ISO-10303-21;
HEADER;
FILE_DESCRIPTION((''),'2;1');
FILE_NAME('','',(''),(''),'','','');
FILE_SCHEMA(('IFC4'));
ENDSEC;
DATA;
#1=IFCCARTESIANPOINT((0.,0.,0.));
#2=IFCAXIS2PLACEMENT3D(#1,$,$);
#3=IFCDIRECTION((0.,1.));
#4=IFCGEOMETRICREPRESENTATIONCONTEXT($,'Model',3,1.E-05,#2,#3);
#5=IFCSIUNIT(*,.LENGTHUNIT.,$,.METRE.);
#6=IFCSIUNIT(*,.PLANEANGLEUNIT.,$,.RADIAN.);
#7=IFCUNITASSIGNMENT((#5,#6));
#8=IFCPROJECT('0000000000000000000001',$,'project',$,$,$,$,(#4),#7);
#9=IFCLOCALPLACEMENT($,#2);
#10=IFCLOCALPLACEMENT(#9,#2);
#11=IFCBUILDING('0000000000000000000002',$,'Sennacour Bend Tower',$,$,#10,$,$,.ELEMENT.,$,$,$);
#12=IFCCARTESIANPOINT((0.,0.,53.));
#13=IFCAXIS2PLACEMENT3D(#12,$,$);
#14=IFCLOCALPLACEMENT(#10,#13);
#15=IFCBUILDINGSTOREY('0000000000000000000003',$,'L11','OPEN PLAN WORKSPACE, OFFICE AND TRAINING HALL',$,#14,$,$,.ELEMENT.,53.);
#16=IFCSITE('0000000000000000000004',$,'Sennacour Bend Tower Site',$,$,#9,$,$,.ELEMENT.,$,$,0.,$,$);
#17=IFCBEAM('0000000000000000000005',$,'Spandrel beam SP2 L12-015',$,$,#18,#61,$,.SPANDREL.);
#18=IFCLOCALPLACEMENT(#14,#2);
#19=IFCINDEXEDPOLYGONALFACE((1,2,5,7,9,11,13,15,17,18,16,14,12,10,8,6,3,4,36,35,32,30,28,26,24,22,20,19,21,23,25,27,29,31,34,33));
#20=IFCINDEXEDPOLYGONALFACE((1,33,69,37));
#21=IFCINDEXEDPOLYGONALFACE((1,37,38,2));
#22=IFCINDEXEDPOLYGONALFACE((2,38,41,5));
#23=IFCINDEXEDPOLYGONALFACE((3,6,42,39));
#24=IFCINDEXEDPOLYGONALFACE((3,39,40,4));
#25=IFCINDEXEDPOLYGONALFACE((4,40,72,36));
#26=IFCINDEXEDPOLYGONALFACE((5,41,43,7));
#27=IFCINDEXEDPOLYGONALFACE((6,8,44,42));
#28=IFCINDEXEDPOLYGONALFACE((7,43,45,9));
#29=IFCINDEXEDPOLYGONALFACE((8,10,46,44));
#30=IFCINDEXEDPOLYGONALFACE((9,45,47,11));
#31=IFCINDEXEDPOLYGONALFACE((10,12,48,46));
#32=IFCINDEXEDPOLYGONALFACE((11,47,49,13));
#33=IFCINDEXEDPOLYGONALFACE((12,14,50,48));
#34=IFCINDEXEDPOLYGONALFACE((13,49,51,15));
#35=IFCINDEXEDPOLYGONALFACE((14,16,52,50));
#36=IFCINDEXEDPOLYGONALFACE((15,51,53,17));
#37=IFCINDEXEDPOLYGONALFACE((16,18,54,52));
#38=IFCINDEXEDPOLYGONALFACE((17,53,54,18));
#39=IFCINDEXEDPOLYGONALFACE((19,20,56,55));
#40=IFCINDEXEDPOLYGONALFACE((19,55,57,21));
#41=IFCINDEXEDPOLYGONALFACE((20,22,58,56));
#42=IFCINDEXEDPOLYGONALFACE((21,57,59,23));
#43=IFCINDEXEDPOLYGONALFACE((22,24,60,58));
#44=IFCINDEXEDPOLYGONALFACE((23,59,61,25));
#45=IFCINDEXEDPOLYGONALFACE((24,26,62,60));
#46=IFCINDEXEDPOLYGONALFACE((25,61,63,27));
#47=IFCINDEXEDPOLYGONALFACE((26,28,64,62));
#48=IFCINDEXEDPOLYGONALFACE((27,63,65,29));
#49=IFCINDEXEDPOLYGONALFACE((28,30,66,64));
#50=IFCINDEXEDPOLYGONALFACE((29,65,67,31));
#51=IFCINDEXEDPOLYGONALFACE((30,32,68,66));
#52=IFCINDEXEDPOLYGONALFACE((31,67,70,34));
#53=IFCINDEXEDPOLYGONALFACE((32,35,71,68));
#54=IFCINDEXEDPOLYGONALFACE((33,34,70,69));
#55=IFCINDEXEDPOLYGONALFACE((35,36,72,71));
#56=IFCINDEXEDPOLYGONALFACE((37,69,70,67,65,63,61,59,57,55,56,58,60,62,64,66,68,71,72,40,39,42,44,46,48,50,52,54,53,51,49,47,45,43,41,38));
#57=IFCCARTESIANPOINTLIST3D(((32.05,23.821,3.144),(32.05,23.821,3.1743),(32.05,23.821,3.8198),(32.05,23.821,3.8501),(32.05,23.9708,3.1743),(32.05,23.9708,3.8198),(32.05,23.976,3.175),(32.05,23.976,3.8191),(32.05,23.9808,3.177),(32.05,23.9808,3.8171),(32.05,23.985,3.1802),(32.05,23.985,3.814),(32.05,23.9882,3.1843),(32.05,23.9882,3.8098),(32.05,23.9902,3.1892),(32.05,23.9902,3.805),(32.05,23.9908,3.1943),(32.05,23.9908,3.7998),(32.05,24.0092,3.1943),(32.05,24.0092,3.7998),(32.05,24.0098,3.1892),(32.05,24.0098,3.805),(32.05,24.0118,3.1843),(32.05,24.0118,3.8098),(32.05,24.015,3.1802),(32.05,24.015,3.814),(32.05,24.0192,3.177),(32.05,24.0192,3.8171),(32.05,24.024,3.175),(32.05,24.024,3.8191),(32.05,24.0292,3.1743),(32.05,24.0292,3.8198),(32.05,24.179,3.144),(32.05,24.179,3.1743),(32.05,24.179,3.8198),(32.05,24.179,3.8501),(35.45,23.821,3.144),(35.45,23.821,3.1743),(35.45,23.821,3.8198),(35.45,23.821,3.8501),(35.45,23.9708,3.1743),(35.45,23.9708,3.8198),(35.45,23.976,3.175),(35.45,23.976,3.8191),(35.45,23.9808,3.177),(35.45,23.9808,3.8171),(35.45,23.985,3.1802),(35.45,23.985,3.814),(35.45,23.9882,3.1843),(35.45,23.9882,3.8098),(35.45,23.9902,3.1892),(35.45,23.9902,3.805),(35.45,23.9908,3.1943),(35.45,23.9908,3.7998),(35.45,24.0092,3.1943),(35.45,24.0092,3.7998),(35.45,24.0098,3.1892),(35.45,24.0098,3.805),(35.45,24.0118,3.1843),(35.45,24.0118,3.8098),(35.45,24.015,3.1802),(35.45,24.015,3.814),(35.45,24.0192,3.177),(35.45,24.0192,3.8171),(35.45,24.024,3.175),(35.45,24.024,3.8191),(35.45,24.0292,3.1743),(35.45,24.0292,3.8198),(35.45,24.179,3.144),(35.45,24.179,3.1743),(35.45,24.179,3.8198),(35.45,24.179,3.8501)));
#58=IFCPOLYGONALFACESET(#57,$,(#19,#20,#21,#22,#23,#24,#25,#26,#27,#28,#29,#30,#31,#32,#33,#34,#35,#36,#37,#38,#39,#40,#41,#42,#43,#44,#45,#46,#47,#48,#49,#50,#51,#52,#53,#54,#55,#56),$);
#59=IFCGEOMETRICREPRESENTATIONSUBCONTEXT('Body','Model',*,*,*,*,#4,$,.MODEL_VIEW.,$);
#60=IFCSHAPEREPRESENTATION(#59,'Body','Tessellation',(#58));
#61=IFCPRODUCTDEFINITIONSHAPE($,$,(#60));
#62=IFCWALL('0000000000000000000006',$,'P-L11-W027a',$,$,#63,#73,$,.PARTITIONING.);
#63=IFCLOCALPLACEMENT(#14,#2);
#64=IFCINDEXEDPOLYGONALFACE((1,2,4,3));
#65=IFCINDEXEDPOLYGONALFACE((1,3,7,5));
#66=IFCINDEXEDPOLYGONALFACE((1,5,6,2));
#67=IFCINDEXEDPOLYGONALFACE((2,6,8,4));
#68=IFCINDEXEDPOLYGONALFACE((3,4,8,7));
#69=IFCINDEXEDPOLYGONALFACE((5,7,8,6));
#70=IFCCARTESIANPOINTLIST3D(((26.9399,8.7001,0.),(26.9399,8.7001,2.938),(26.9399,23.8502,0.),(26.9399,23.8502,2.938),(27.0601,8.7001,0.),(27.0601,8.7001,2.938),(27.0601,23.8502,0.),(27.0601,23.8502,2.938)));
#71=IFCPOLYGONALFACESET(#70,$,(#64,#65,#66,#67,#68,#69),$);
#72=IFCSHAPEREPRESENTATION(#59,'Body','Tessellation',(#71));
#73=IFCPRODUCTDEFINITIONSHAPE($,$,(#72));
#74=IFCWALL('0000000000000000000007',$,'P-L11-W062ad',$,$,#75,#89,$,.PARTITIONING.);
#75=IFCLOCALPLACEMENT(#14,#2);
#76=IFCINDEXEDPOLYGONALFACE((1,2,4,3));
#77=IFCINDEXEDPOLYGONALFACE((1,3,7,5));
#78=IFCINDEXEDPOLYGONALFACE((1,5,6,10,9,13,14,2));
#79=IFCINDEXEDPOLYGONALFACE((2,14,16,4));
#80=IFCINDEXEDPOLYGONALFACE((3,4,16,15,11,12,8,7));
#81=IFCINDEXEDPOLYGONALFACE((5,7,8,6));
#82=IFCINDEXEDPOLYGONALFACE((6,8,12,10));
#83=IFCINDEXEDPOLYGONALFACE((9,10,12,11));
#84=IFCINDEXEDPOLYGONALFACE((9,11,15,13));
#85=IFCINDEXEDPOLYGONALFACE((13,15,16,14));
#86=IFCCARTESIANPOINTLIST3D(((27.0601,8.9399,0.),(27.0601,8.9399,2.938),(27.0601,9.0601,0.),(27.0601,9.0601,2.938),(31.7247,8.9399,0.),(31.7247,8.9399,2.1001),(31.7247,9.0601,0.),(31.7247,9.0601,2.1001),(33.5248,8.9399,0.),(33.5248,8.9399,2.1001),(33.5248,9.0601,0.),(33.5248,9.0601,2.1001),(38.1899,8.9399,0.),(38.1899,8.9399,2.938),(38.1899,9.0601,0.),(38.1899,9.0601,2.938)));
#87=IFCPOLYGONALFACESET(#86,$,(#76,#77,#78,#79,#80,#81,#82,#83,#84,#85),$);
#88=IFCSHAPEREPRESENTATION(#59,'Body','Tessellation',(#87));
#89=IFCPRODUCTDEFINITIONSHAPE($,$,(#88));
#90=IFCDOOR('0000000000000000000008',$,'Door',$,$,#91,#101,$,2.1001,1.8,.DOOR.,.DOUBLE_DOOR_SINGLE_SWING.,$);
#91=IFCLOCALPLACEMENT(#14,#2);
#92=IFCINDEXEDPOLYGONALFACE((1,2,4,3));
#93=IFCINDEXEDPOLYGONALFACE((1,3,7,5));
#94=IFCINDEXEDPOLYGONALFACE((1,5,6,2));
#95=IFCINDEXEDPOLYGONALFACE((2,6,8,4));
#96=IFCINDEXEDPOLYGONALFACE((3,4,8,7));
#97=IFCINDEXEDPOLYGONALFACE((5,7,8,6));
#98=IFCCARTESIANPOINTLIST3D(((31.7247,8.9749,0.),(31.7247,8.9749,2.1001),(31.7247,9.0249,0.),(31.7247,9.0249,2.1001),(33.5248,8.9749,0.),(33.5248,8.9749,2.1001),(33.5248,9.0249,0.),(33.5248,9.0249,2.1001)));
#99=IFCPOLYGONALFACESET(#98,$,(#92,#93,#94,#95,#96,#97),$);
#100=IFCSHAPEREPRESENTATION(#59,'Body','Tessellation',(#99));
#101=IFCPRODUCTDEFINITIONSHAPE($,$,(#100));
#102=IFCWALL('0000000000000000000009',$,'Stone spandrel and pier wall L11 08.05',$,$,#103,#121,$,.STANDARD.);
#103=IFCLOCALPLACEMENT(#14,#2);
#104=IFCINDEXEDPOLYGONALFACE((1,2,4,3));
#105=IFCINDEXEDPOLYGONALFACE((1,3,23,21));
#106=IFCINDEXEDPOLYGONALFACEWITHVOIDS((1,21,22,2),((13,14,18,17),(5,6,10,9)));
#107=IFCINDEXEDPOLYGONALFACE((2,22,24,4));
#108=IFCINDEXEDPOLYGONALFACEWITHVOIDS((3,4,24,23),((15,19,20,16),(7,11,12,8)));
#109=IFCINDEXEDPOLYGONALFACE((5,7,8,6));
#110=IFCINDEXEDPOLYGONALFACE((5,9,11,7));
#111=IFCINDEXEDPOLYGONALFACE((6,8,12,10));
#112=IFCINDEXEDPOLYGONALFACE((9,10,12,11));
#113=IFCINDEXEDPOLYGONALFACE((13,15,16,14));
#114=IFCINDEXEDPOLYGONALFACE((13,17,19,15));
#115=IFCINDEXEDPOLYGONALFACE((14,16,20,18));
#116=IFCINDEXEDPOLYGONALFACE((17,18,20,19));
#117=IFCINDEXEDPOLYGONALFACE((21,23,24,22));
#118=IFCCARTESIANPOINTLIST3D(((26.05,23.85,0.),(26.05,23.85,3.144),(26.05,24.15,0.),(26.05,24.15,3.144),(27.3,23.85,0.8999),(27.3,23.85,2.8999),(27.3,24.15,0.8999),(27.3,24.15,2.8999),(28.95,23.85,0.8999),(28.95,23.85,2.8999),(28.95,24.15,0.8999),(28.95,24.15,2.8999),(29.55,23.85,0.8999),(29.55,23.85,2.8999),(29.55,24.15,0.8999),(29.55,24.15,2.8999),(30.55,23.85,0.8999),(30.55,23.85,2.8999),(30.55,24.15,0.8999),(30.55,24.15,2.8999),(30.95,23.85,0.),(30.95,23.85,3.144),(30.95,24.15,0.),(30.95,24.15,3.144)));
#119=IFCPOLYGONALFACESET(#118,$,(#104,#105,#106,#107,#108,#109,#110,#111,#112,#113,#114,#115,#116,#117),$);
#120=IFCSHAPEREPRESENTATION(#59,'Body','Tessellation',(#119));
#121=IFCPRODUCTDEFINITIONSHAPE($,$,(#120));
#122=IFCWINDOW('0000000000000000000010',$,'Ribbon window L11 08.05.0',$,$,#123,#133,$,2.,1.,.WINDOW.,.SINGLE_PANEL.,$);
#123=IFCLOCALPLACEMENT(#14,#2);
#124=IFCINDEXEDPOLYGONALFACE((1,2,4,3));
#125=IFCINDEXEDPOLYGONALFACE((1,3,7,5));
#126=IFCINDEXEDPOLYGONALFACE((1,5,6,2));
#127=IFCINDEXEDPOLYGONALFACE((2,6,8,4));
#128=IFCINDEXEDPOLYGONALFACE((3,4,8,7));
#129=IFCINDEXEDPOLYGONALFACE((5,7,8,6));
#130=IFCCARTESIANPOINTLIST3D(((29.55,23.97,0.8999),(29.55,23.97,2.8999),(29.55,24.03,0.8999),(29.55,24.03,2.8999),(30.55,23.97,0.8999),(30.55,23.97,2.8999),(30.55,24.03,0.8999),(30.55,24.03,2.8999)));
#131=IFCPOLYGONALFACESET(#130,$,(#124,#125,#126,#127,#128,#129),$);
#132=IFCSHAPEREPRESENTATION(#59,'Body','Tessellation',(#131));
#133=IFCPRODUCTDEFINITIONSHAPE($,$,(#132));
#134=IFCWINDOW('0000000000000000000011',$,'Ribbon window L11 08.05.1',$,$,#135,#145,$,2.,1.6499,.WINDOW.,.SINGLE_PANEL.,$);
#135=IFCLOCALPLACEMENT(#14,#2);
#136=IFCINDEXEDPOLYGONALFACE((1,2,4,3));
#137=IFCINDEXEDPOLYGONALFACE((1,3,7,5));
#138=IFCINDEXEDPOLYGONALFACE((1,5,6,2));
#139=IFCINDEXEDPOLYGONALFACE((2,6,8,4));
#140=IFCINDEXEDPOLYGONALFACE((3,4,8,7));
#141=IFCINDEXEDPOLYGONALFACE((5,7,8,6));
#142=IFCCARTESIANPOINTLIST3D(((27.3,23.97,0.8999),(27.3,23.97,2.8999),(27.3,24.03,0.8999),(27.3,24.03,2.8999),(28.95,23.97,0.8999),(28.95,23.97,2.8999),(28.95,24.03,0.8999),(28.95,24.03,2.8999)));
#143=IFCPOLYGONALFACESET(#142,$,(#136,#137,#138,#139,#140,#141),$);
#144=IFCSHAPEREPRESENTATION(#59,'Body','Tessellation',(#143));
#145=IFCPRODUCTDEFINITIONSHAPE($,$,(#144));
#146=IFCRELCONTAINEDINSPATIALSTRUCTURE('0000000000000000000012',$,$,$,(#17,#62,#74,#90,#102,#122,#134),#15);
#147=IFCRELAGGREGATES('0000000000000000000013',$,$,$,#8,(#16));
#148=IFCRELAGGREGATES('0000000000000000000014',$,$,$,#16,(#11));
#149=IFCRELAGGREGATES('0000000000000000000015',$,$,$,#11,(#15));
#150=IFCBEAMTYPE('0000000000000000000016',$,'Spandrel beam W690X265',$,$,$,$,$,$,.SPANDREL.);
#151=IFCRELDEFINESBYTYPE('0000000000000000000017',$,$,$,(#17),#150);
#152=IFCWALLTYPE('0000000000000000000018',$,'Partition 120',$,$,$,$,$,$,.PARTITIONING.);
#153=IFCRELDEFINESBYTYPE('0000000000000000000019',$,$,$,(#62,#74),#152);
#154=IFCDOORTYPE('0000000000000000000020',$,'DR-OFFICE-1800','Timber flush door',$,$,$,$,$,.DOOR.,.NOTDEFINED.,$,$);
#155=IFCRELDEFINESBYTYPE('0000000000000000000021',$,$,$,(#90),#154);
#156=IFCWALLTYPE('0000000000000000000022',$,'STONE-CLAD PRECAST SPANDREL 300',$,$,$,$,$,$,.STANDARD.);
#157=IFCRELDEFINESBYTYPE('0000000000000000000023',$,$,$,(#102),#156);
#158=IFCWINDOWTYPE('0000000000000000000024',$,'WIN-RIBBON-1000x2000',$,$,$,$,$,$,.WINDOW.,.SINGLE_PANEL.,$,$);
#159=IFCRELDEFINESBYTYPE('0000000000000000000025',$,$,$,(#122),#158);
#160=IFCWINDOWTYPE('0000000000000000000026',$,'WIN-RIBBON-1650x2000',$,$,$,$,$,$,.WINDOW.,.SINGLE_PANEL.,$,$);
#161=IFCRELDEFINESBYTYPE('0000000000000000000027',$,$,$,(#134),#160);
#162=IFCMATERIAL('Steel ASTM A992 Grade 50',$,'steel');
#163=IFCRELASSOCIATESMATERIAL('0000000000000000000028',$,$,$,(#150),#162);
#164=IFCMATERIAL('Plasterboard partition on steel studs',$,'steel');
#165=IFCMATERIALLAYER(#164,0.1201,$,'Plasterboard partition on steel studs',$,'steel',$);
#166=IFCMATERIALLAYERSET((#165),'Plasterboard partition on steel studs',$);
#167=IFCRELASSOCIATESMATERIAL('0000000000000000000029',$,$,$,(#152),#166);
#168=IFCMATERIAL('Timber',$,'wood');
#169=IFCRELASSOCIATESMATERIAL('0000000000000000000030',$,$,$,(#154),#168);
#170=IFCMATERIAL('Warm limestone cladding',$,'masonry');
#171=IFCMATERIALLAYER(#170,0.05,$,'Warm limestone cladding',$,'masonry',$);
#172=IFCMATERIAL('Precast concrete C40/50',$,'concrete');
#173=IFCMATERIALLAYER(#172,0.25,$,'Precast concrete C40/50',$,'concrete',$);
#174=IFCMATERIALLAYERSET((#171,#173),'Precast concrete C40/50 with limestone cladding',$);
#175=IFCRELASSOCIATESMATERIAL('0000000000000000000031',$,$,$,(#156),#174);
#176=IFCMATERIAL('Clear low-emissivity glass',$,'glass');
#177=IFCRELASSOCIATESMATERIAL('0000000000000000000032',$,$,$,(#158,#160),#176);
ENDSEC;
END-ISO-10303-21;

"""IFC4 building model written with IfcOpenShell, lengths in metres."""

from ifc_helpers import new_model, si_unit, direction, frame, frame_2d, origin, origin_2d, place, context, subcontext, project, spatial, rectangle, i_section, extrude, material, layer, layer_set, material_profile, profile_set, type_object, element, fill, save


model = new_model("IFC4")

# Units and contexts
model_context = context("Model", 3, precision=1e-05, world=origin(), true_north=direction((0.0, 1.0)))
body_context = subcontext(model_context, "Body", "Model", "MODEL_VIEW")
ifc_project = project(units=[si_unit("LENGTHUNIT", "METRE"), si_unit("PLANEANGLEUNIT", "RADIAN")], contexts=[model_context])

# Site, building, storey
site_placement = place(None, origin())
site = spatial("IfcSite", under=ifc_project, at=site_placement, Name="Sennacour Bend Tower Site", CompositionType="ELEMENT", RefElevation=0.0)
building_placement = place(site_placement, origin())
building = spatial("IfcBuilding", under=site, at=building_placement, Name="Sennacour Bend Tower", CompositionType="ELEMENT")
storey_placement = place(building_placement, frame((0.0, 0.0, 53.0)))
storey = spatial("IfcBuildingStorey", under=building, at=storey_placement, Name="L11", Description="OPEN PLAN WORKSPACE, OFFICE AND TRAINING HALL", CompositionType="ELEMENT", Elevation=53.0)

# Beam
ifc_material_1 = material(Name="Steel ASTM A992 Grade 50", Category="steel")
ifc_material_profile_1 = material_profile(ifc_material_1, i_section(OverallWidth=0.3579, OverallDepth=0.7061, WebThickness=0.0183, FlangeThickness=0.0303, FilletRadius=0.02, at=origin_2d()), Name="Steel ASTM A992 Grade 50", Category="steel")
ifc_profile_set_1 = profile_set([ifc_material_profile_1], Name="Steel ASTM A992 Grade 50")
beam_type_1 = type_object("IfcBeamType", Name="Spandrel beam W690X265", PredefinedType="SPANDREL", material=ifc_profile_set_1)
beam_1_placement = place(storey_placement, frame((32.05, 24.0, 3.4971), z_axis=(1.0, 0.0, 0.0), x_axis=(0.0, 1.0, 0.0)))
element("IfcBeam", 1, at=beam_1_placement, inside=storey, type_object=beam_type_1, Name="Spandrel beam SP2 L12-015", PredefinedType="SPANDREL", context=body_context, shape_type="SweptSolid", body=[
    extrude(i_section(OverallWidth=0.3579, OverallDepth=0.7061, WebThickness=0.0183, FlangeThickness=0.0303, FilletRadius=0.02, at=origin_2d()), origin(), (0.0, 0.0, 1.0), 3.3999),
])

# Wall
ifc_material_2 = material(Name="Plasterboard partition on steel studs", Category="steel")
ifc_layer_1 = layer(ifc_material_2, 0.1201, Name="Plasterboard partition on steel studs", Category="steel")
ifc_layer_set_1 = layer_set([ifc_layer_1], Name="Plasterboard partition on steel studs")
wall_type_1 = type_object("IfcWallType", Name="Partition 120", PredefinedType="PARTITIONING", material=ifc_layer_set_1)
wall_1_placement = place(storey_placement, frame((27.0, 8.7, 0.0), z_axis=(0.0, 0.0, 1.0), x_axis=(0.0, 1.0, 0.0)))
element("IfcWall", 2, at=wall_1_placement, inside=storey, type_object=wall_type_1, Name="P-L11-W027a", PredefinedType="PARTITIONING", context=body_context, shape_type="SweptSolid", body=[
    extrude(rectangle(XDim=15.1501, YDim=0.1201, at=frame_2d((7.5752, 0.0))), origin(), (0.0, 0.0, 1.0), 2.938),
])

# Wall, opening, door
wall_2_placement = place(storey_placement, frame((27.0601, 9.0, 0.0), z_axis=(0.0, 0.0, 1.0), x_axis=(1.0, 0.0, 0.0)))
wall_2 = element("IfcWall", 3, at=wall_2_placement, inside=storey, type_object=wall_type_1, Name="P-L11-W062ad", PredefinedType="PARTITIONING", context=body_context, shape_type="SweptSolid", body=[
    extrude(rectangle(XDim=11.1299, YDim=0.1201, at=frame_2d((5.5649, 0.0))), origin(), (0.0, 0.0, 1.0), 2.938),
])
opening_1_placement = place(wall_2_placement, frame((4.6648, 0.0, 0.0)))
opening_1 = element("IfcOpeningElement", 4, at=opening_1_placement, cuts=wall_2, PredefinedType="OPENING", context=body_context, shape_type="SweptSolid", body=[
    extrude(rectangle(XDim=1.8, YDim=2.1001, at=frame_2d((0.8999, 1.05))), frame((0.0, 0.0701, 0.0), z_axis=(0.0, -1.0, 0.0), x_axis=(1.0, 0.0, 0.0)), (0.0, 0.0, 1.0), 0.1401),
])
ifc_material_3 = material(Name="Timber", Category="wood")
door_type = type_object("IfcDoorType", Name="DR-OFFICE-1800", Description="Timber flush door", OperationType="NOTDEFINED", PredefinedType="DOOR", material=ifc_material_3)
door_placement = place(opening_1_placement, origin())
door = element("IfcDoor", 5, at=door_placement, inside=storey, type_object=door_type, Name="Door", OperationType="DOUBLE_DOOR_SINGLE_SWING", OverallHeight=2.1001, OverallWidth=1.8, PredefinedType="DOOR", context=body_context, shape_type="SweptSolid", body=[
    extrude(rectangle(XDim=1.8, YDim=2.1001, at=frame_2d((0.8999, 1.05))), frame((0.0, 0.0249, 0.0), z_axis=(0.0, -1.0, 0.0), x_axis=(1.0, 0.0, 0.0)), (0.0, 0.0, 1.0), 0.05),
])
fill(opening_1, door)

# Wall, openings, windows
ifc_material_4 = material(Name="Warm limestone cladding", Category="masonry")
ifc_layer_2 = layer(ifc_material_4, 0.05, Name="Warm limestone cladding", Category="masonry")
ifc_material_5 = material(Name="Precast concrete C40/50", Category="concrete")
ifc_layer_3 = layer(ifc_material_5, 0.25, Name="Precast concrete C40/50", Category="concrete")
ifc_layer_set_2 = layer_set([ifc_layer_2, ifc_layer_3], Name="Precast concrete C40/50 with limestone cladding")
wall_type_2 = type_object("IfcWallType", Name="STONE-CLAD PRECAST SPANDREL 300", PredefinedType="STANDARD", material=ifc_layer_set_2)
wall_3_placement = place(storey_placement, frame((30.95, 24.0, 0.0), z_axis=(0.0, 0.0, 1.0), x_axis=(-1.0, 0.0, 0.0)))
wall_3 = element("IfcWall", 6, at=wall_3_placement, inside=storey, type_object=wall_type_2, Name="Stone spandrel and pier wall L11 08.05", PredefinedType="STANDARD", context=body_context, shape_type="SweptSolid", body=[
    extrude(rectangle(XDim=4.8999, YDim=0.3, at=frame_2d((2.45, 0.0))), origin(), (0.0, 0.0, 1.0), 3.144),
])
opening_2_placement = place(wall_3_placement, frame((0.3999, 0.0, 0.8999)))
opening_2 = element("IfcOpeningElement", 7, at=opening_2_placement, cuts=wall_3, PredefinedType="OPENING", context=body_context, shape_type="SweptSolid", body=[
    extrude(rectangle(XDim=1.0, YDim=2.0, at=frame_2d((0.5, 1.0))), frame((0.0, 0.1602, 0.0), z_axis=(0.0, -1.0, 0.0), x_axis=(1.0, 0.0, 0.0)), (0.0, 0.0, 1.0), 0.3201),
])
opening_3_placement = place(wall_3_placement, frame((2.0, 0.0, 0.8999)))
opening_3 = element("IfcOpeningElement", 8, at=opening_3_placement, cuts=wall_3, PredefinedType="OPENING", context=body_context, shape_type="SweptSolid", body=[
    extrude(rectangle(XDim=1.6499, YDim=2.0, at=frame_2d((0.825, 1.0))), frame((0.0, 0.1602, 0.0), z_axis=(0.0, -1.0, 0.0), x_axis=(1.0, 0.0, 0.0)), (0.0, 0.0, 1.0), 0.3201),
])
ifc_material_6 = material(Name="Clear low-emissivity glass", Category="glass")
window_type_1 = type_object("IfcWindowType", Name="WIN-RIBBON-1000x2000", PartitioningType="SINGLE_PANEL", PredefinedType="WINDOW", material=ifc_material_6)
window_1_placement = place(opening_2_placement, origin())
window_1 = element("IfcWindow", 9, at=window_1_placement, inside=storey, type_object=window_type_1, Name="Ribbon window L11 08.05.0", OverallHeight=2.0, OverallWidth=1.0, PartitioningType="SINGLE_PANEL", PredefinedType="WINDOW", context=body_context, shape_type="SweptSolid", body=[
    extrude(rectangle(XDim=1.0, YDim=2.0, at=frame_2d((0.5, 1.0))), frame((0.0, 0.03, 0.0), z_axis=(0.0, -1.0, 0.0), x_axis=(1.0, 0.0, 0.0)), (0.0, 0.0, 1.0), 0.0601),
])
fill(opening_2, window_1)
window_type_2 = type_object("IfcWindowType", Name="WIN-RIBBON-1650x2000", PartitioningType="SINGLE_PANEL", PredefinedType="WINDOW", material=ifc_material_6)
window_2_placement = place(opening_3_placement, origin())
window_2 = element("IfcWindow", 10, at=window_2_placement, inside=storey, type_object=window_type_2, Name="Ribbon window L11 08.05.1", OverallHeight=2.0, OverallWidth=1.6499, PartitioningType="SINGLE_PANEL", PredefinedType="WINDOW", context=body_context, shape_type="SweptSolid", body=[
    extrude(rectangle(XDim=1.6499, YDim=2.0, at=frame_2d((0.825, 1.0))), frame((0.0, 0.03, 0.0), z_axis=(0.0, -1.0, 0.0), x_axis=(1.0, 0.0, 0.0)), (0.0, 0.0, 1.0), 0.0601),
])
fill(opening_3, window_2)

save(model, "model.ifc")
